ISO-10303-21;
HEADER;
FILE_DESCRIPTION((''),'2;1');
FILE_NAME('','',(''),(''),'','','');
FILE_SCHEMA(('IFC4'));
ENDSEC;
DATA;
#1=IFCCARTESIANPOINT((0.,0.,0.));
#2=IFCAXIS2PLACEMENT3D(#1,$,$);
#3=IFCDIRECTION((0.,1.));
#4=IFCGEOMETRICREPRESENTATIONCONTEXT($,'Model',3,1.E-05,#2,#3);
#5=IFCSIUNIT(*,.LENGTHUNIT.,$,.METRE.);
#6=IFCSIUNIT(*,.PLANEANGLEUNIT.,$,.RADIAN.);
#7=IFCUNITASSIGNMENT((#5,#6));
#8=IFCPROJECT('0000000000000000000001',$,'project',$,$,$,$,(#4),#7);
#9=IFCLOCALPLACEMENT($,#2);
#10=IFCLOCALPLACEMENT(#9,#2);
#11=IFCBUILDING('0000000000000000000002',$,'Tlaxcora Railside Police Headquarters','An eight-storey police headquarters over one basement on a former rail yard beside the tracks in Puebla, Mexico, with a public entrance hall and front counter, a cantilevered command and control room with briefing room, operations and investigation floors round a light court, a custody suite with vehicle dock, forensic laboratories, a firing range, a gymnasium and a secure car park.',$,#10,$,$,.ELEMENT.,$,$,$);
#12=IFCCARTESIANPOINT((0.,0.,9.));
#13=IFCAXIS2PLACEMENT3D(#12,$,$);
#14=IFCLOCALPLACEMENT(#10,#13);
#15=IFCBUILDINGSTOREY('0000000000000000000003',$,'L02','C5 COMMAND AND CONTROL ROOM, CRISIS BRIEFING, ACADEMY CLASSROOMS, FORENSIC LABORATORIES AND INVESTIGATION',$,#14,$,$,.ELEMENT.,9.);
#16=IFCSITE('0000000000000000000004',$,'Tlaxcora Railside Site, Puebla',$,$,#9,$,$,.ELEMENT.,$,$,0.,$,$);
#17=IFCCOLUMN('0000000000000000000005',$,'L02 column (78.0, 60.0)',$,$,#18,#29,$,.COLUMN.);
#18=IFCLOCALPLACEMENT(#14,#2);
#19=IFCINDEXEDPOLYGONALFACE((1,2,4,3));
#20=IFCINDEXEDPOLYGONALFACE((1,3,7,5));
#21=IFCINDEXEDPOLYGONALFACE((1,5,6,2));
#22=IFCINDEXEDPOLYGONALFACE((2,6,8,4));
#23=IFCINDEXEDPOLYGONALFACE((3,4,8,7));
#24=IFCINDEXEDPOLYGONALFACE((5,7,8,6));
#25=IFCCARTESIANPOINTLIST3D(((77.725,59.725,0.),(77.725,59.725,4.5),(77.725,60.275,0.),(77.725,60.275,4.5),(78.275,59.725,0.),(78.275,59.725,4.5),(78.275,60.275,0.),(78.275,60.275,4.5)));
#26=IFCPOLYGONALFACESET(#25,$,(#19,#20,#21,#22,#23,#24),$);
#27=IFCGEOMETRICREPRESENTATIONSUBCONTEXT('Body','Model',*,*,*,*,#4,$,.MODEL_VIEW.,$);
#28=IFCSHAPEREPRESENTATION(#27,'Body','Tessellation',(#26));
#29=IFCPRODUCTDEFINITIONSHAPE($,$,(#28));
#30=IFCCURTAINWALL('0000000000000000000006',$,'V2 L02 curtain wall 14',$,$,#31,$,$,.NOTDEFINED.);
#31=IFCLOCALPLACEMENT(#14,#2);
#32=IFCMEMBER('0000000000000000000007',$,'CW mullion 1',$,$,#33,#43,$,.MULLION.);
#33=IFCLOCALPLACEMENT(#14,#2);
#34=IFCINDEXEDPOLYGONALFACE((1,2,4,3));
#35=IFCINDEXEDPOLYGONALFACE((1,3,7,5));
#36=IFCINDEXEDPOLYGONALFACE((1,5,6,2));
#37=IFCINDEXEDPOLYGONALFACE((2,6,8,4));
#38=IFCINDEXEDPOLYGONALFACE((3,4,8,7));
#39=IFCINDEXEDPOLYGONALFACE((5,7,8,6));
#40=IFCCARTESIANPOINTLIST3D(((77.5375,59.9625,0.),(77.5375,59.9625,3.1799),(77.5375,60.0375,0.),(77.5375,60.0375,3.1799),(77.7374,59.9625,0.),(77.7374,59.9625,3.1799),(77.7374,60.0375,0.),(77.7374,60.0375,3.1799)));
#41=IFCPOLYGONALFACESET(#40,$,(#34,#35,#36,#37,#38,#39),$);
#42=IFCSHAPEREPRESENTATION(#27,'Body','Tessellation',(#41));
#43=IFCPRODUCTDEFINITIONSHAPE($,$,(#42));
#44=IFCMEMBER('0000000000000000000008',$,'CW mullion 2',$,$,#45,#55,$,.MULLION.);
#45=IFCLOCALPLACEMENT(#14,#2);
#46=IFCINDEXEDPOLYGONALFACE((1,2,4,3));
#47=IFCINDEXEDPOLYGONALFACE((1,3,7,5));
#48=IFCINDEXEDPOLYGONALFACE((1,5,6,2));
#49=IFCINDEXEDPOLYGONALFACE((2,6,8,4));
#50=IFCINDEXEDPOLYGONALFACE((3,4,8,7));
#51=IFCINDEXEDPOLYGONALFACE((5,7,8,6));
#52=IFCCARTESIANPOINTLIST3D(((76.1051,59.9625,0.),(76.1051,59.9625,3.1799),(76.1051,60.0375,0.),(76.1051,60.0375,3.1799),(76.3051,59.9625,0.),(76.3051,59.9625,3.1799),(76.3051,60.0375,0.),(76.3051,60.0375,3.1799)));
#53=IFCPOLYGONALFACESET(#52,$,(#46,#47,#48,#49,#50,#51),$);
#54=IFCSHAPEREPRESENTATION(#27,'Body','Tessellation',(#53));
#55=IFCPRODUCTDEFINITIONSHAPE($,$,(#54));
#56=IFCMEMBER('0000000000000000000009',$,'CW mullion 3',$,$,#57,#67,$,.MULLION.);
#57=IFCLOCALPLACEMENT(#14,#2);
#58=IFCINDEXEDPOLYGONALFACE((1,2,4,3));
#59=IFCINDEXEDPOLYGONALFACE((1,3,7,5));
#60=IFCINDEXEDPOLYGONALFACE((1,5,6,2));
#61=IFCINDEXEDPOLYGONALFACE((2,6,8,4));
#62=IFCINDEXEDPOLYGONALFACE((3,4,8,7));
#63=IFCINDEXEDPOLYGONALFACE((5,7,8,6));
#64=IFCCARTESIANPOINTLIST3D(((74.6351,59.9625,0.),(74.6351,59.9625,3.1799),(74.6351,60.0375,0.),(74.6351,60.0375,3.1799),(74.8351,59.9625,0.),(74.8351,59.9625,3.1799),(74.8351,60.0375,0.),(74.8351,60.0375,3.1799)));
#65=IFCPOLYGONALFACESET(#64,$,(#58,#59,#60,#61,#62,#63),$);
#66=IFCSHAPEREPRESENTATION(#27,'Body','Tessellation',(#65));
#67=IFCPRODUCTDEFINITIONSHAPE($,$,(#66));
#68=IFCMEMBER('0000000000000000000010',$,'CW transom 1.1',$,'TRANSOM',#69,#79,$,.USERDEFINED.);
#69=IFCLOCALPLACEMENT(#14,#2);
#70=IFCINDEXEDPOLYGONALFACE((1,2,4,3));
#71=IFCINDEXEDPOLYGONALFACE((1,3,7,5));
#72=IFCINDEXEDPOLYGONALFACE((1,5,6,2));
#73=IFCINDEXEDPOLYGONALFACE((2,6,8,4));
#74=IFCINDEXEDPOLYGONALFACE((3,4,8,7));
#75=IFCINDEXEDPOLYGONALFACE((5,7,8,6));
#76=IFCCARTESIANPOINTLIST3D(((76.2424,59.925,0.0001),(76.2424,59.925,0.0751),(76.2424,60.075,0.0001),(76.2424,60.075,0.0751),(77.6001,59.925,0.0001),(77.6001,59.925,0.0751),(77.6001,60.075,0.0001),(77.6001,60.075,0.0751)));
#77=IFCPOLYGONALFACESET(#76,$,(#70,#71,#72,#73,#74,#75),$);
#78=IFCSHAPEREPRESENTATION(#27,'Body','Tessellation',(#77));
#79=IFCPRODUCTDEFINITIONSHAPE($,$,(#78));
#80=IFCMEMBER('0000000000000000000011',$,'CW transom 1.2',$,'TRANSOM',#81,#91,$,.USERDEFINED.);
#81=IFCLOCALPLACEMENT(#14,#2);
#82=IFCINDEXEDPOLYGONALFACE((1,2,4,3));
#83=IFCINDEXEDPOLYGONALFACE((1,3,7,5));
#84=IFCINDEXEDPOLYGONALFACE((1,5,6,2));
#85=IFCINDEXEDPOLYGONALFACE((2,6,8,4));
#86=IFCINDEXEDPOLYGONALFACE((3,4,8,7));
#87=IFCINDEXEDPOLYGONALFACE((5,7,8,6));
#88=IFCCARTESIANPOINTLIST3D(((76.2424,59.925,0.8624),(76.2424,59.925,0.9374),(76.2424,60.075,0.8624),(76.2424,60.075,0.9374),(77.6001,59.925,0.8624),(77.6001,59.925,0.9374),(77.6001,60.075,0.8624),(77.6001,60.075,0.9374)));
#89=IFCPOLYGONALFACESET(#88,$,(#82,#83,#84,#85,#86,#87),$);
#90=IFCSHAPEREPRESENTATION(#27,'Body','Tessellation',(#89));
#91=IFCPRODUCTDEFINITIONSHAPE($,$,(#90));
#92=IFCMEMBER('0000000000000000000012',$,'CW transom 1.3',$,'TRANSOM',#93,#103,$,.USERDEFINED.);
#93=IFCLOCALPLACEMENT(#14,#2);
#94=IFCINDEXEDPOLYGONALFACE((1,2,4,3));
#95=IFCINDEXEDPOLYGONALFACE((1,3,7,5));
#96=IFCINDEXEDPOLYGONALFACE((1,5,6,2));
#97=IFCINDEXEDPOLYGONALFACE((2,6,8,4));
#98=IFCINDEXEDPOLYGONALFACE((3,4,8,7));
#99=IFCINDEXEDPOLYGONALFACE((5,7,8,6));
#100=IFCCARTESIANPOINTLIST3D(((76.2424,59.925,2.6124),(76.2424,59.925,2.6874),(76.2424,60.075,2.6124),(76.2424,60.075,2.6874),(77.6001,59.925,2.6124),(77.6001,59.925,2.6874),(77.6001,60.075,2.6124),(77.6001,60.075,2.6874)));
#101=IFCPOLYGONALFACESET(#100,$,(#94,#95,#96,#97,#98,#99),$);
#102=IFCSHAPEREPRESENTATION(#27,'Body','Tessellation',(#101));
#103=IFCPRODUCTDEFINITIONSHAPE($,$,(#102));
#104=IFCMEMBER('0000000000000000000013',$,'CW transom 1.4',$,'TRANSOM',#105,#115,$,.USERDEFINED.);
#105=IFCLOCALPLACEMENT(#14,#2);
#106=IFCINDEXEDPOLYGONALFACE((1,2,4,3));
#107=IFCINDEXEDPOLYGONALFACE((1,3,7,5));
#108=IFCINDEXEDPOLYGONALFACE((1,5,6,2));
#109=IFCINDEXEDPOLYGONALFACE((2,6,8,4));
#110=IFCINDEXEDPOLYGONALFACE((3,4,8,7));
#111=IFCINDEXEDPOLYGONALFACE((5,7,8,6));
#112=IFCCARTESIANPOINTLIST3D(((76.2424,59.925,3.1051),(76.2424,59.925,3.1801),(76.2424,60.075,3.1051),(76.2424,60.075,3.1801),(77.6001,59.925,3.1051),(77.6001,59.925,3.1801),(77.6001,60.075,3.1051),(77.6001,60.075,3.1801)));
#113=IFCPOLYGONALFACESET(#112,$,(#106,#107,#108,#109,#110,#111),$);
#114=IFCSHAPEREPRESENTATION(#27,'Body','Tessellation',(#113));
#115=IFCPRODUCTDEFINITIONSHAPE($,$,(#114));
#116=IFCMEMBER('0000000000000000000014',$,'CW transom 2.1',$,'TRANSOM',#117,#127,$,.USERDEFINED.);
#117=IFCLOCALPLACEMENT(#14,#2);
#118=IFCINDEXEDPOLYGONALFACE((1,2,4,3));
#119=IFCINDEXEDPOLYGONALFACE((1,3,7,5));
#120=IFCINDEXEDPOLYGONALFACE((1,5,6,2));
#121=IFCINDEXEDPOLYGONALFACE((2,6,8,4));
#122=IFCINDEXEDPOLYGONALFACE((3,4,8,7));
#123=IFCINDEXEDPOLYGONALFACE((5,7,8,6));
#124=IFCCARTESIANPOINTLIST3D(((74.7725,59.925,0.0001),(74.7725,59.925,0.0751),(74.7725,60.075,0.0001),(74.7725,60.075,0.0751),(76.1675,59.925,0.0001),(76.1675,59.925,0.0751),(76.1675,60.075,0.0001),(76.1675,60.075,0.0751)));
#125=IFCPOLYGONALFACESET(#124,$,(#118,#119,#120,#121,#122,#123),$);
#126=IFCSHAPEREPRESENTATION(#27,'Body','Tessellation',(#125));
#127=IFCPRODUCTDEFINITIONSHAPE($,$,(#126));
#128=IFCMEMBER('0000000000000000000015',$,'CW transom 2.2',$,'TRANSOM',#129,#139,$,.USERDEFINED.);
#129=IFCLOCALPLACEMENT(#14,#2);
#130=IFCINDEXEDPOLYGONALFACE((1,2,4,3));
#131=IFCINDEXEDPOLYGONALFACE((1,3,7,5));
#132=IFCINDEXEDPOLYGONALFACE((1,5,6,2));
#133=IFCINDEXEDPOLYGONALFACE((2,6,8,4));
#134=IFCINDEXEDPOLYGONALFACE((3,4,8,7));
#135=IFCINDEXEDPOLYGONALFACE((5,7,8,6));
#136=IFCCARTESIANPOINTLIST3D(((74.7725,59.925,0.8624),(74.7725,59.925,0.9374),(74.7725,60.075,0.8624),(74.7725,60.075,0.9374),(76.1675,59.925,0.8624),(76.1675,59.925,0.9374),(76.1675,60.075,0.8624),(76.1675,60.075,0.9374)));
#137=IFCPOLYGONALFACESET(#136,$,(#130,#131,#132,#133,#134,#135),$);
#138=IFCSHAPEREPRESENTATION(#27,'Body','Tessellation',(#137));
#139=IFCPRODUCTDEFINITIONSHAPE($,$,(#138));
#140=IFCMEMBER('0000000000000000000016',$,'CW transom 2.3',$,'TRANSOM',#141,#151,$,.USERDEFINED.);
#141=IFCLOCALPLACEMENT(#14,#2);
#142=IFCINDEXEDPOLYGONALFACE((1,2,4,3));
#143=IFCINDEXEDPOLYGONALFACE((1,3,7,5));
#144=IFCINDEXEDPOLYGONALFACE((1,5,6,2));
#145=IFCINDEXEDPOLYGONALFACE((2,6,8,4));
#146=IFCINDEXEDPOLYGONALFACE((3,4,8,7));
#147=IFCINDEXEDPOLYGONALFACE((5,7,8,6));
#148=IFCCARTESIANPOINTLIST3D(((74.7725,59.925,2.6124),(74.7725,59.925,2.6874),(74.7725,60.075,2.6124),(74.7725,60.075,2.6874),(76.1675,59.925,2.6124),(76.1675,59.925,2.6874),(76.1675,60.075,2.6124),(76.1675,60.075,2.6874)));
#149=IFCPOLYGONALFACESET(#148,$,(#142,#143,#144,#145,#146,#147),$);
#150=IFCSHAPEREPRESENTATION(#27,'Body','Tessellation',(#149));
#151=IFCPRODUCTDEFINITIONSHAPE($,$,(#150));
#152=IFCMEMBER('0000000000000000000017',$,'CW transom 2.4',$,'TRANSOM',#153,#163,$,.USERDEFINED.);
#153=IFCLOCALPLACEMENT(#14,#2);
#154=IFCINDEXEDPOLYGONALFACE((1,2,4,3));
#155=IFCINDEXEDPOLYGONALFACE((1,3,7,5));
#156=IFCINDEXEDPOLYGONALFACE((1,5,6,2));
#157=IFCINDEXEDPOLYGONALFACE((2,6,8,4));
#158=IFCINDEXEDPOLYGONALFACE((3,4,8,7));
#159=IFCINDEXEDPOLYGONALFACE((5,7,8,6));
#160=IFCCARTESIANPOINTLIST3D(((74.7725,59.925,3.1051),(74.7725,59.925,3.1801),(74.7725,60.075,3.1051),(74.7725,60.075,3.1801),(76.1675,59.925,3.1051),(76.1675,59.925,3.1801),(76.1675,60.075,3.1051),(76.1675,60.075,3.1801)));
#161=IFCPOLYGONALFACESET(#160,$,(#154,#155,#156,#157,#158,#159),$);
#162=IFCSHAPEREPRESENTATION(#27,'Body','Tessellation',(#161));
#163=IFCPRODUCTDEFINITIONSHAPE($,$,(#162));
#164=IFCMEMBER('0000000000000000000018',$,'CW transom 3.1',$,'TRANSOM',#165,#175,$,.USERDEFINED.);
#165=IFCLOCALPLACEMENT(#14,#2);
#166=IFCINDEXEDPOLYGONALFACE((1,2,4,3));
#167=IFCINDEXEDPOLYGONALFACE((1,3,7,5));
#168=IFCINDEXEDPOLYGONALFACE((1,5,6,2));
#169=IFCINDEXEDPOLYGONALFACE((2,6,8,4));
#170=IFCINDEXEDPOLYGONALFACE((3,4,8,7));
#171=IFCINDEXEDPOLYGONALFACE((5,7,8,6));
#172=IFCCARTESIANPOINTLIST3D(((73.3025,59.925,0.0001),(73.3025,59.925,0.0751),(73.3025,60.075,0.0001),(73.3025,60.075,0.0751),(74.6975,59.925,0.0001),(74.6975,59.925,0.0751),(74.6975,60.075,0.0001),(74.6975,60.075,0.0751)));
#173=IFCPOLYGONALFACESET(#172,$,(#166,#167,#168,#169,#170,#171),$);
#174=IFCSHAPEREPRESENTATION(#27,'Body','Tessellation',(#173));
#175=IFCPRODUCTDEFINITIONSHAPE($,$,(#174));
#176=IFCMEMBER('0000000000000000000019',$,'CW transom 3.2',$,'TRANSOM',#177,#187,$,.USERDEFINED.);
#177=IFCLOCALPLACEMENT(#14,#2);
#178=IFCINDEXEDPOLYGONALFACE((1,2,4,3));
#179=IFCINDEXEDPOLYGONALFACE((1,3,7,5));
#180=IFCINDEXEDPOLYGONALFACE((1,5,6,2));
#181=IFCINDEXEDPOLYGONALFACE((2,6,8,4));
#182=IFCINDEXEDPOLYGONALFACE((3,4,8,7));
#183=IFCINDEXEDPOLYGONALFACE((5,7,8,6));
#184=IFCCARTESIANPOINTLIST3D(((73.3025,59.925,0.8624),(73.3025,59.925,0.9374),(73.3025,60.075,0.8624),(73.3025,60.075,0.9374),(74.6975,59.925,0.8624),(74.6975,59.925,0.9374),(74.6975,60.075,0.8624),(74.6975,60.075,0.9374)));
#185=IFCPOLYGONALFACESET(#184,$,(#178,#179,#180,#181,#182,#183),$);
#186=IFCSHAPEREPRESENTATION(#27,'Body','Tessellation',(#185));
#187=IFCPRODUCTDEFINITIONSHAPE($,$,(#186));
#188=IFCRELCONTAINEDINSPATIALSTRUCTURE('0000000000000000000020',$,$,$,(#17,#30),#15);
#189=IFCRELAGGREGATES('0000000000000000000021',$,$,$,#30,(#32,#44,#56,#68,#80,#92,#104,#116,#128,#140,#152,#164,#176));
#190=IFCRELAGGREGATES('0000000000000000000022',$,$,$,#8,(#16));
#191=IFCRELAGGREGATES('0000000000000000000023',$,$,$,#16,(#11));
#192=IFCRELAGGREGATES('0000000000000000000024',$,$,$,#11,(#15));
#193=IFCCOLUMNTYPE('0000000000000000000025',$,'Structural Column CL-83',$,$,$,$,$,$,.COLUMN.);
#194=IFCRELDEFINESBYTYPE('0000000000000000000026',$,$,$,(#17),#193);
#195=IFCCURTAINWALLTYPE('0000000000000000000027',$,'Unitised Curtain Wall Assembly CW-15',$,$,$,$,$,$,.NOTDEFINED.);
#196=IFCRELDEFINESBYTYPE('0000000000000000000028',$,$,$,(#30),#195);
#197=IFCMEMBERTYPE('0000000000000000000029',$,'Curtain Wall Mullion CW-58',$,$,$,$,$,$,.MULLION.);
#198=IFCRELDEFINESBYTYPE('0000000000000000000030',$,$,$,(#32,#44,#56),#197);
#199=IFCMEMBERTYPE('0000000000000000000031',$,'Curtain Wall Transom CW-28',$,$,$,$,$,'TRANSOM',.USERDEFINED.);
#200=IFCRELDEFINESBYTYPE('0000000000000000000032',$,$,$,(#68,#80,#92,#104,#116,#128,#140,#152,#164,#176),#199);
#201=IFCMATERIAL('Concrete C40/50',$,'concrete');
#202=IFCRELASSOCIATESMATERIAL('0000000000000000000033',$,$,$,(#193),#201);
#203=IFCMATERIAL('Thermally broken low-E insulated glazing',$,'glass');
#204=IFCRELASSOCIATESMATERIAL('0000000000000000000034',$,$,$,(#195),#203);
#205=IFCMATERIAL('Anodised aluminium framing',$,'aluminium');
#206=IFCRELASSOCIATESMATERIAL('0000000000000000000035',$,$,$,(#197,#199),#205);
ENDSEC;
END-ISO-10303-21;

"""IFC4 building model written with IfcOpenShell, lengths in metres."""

from ifc_helpers import new_model, si_unit, direction, frame, origin, origin_2d, place, context, subcontext, project, spatial, rectangle, extrude, material, material_profile, profile_set, type_object, element, aggregate, save


model = new_model("IFC4")

# Units and contexts
model_context = context("Model", 3, precision=1e-05, world=origin(), true_north=direction((0.0, 1.0)))
body_context = subcontext(model_context, "Body", "Model", "MODEL_VIEW")
ifc_project = project(units=[si_unit("LENGTHUNIT", "METRE"), si_unit("PLANEANGLEUNIT", "RADIAN")], contexts=[model_context])

# Site, building, storey
site_placement = place(None, origin())
site = spatial("IfcSite", under=ifc_project, at=site_placement, Name="Tlaxcora Railside Site, Puebla", CompositionType="ELEMENT", RefElevation=0.0)
building_placement = place(site_placement, origin())
building = spatial("IfcBuilding", under=site, at=building_placement, Name="Tlaxcora Railside Police Headquarters", Description="An eight-storey police headquarters over one basement on a former rail yard beside the tracks in Puebla, Mexico, with a public entrance hall and front counter, a cantilevered command and control room with briefing room, operations and investigation floors round a light court, a custody suite with vehicle dock, forensic laboratories, a firing range, a gymnasium and a secure car park.", CompositionType="ELEMENT")
storey_placement = place(building_placement, frame((0.0, 0.0, 9.0)))
storey = spatial("IfcBuildingStorey", under=building, at=storey_placement, Name="L02", Description="C5 COMMAND AND CONTROL ROOM, CRISIS BRIEFING, ACADEMY CLASSROOMS, FORENSIC LABORATORIES AND INVESTIGATION", CompositionType="ELEMENT", Elevation=9.0)

# Column
ifc_material_1 = material(Name="Concrete C40/50", Category="concrete")
ifc_material_profile_1 = material_profile(ifc_material_1, rectangle(XDim=0.55, YDim=0.55, at=origin_2d()), Name="RC550X550")
ifc_profile_set_1 = profile_set([ifc_material_profile_1], Name="Concrete C40/50")
column_type = type_object("IfcColumnType", Name="Structural Column CL-83", PredefinedType="COLUMN", material=ifc_profile_set_1)
column_placement = place(storey_placement, frame((78.0, 60.0, 0.0), z_axis=(0.0, 0.0, 1.0), x_axis=(1.0, 0.0, 0.0)))
element("IfcColumn", 1, at=column_placement, inside=storey, type_object=column_type, Name="L02 column (78.0, 60.0)", PredefinedType="COLUMN", context=body_context, shape_type="SweptSolid", body=[
    extrude(rectangle(XDim=0.55, YDim=0.55, at=origin_2d()), origin(), (0.0, 0.0, 1.0), 4.5),
])

# Curtain wall, members
ifc_material_2 = material(Name="Thermally broken low-E insulated glazing", Category="glass")
curtain_wall_type = type_object("IfcCurtainWallType", Name="Unitised Curtain Wall Assembly CW-15", PredefinedType="NOTDEFINED", material=ifc_material_2)
curtain_wall_placement = place(storey_placement, origin())
curtain_wall = element("IfcCurtainWall", 2, at=curtain_wall_placement, inside=storey, type_object=curtain_wall_type, Name="V2 L02 curtain wall 14", PredefinedType="NOTDEFINED")
ifc_material_3 = material(Name="Anodised aluminium framing", Category="aluminium")
ifc_material_profile_2 = material_profile(ifc_material_3, rectangle(XDim=0.075, YDim=0.2, at=origin_2d()), Name="AL75X200")
ifc_profile_set_2 = profile_set([ifc_material_profile_2], Name="Anodised aluminium framing")
member_type_1 = type_object("IfcMemberType", Name="Curtain Wall Mullion CW-58", PredefinedType="MULLION", material=ifc_profile_set_2)
member_1_placement = place(storey_placement, frame((77.6375, 60.0, 0.0), z_axis=(0.0, 0.0, 1.0), x_axis=(0.0, -1.0, 0.0)))
member_1 = element("IfcMember", 3, at=member_1_placement, type_object=member_type_1, Name="CW mullion 1", PredefinedType="MULLION", context=body_context, shape_type="SweptSolid", body=[
    extrude(rectangle(XDim=0.075, YDim=0.2, at=origin_2d()), origin(), (0.0, 0.0, 1.0), 3.1799),
])
member_2_placement = place(storey_placement, frame((76.2051, 60.0, 0.0), z_axis=(0.0, 0.0, 1.0), x_axis=(0.0, -1.0, 0.0)))
member_2 = element("IfcMember", 4, at=member_2_placement, type_object=member_type_1, Name="CW mullion 2", PredefinedType="MULLION", context=body_context, shape_type="SweptSolid", body=[
    extrude(rectangle(XDim=0.075, YDim=0.2, at=origin_2d()), origin(), (0.0, 0.0, 1.0), 3.1799),
])
member_3_placement = place(storey_placement, frame((74.7351, 60.0, 0.0), z_axis=(0.0, 0.0, 1.0), x_axis=(0.0, -1.0, 0.0)))
member_3 = element("IfcMember", 5, at=member_3_placement, type_object=member_type_1, Name="CW mullion 3", PredefinedType="MULLION", context=body_context, shape_type="SweptSolid", body=[
    extrude(rectangle(XDim=0.075, YDim=0.2, at=origin_2d()), origin(), (0.0, 0.0, 1.0), 3.1799),
])
ifc_material_profile_3 = material_profile(ifc_material_3, rectangle(XDim=0.1499, YDim=0.075, at=origin_2d()), Name="AL75X150")
ifc_profile_set_3 = profile_set([ifc_material_profile_3], Name="Anodised aluminium framing")
member_type_2 = type_object("IfcMemberType", Name="Curtain Wall Transom CW-28", ElementType="TRANSOM", PredefinedType="USERDEFINED", material=ifc_profile_set_3)
member_4_placement = place(storey_placement, frame((77.6001, 60.0, 0.0376), z_axis=(-1.0, 0.0, 0.0), x_axis=(0.0, -1.0, 0.0)))
member_4 = element("IfcMember", 6, at=member_4_placement, type_object=member_type_2, Name="CW transom 1.1", ObjectType="TRANSOM", PredefinedType="USERDEFINED", context=body_context, shape_type="SweptSolid", body=[
    extrude(rectangle(XDim=0.1499, YDim=0.075, at=origin_2d()), origin(), (0.0, 0.0, 1.0), 1.3577),
])
member_5_placement = place(storey_placement, frame((77.6001, 60.0, 0.8999), z_axis=(-1.0, 0.0, 0.0), x_axis=(0.0, -1.0, 0.0)))
member_5 = element("IfcMember", 7, at=member_5_placement, type_object=member_type_2, Name="CW transom 1.2", ObjectType="TRANSOM", PredefinedType="USERDEFINED", context=body_context, shape_type="SweptSolid", body=[
    extrude(rectangle(XDim=0.1499, YDim=0.075, at=origin_2d()), origin(), (0.0, 0.0, 1.0), 1.3577),
])
member_6_placement = place(storey_placement, frame((77.6001, 60.0, 2.6499), z_axis=(-1.0, 0.0, 0.0), x_axis=(0.0, -1.0, 0.0)))
member_6 = element("IfcMember", 8, at=member_6_placement, type_object=member_type_2, Name="CW transom 1.3", ObjectType="TRANSOM", PredefinedType="USERDEFINED", context=body_context, shape_type="SweptSolid", body=[
    extrude(rectangle(XDim=0.1499, YDim=0.075, at=origin_2d()), origin(), (0.0, 0.0, 1.0), 1.3577),
])
member_7_placement = place(storey_placement, frame((77.6001, 60.0, 3.1426), z_axis=(-1.0, 0.0, 0.0), x_axis=(0.0, -1.0, 0.0)))
member_7 = element("IfcMember", 9, at=member_7_placement, type_object=member_type_2, Name="CW transom 1.4", ObjectType="TRANSOM", PredefinedType="USERDEFINED", context=body_context, shape_type="SweptSolid", body=[
    extrude(rectangle(XDim=0.1499, YDim=0.075, at=origin_2d()), origin(), (0.0, 0.0, 1.0), 1.3577),
])
member_8_placement = place(storey_placement, frame((76.1675, 60.0, 0.0376), z_axis=(-1.0, 0.0, 0.0), x_axis=(0.0, -1.0, 0.0)))
member_8 = element("IfcMember", 10, at=member_8_placement, type_object=member_type_2, Name="CW transom 2.1", ObjectType="TRANSOM", PredefinedType="USERDEFINED", context=body_context, shape_type="SweptSolid", body=[
    extrude(rectangle(XDim=0.1499, YDim=0.075, at=origin_2d()), origin(), (0.0, 0.0, 1.0), 1.395),
])
member_9_placement = place(storey_placement, frame((76.1675, 60.0, 0.8999), z_axis=(-1.0, 0.0, 0.0), x_axis=(0.0, -1.0, 0.0)))
member_9 = element("IfcMember", 11, at=member_9_placement, type_object=member_type_2, Name="CW transom 2.2", ObjectType="TRANSOM", PredefinedType="USERDEFINED", context=body_context, shape_type="SweptSolid", body=[
    extrude(rectangle(XDim=0.1499, YDim=0.075, at=origin_2d()), origin(), (0.0, 0.0, 1.0), 1.395),
])
member_10_placement = place(storey_placement, frame((76.1675, 60.0, 2.6499), z_axis=(-1.0, 0.0, 0.0), x_axis=(0.0, -1.0, 0.0)))
member_10 = element("IfcMember", 12, at=member_10_placement, type_object=member_type_2, Name="CW transom 2.3", ObjectType="TRANSOM", PredefinedType="USERDEFINED", context=body_context, shape_type="SweptSolid", body=[
    extrude(rectangle(XDim=0.1499, YDim=0.075, at=origin_2d()), origin(), (0.0, 0.0, 1.0), 1.395),
])
member_11_placement = place(storey_placement, frame((76.1675, 60.0, 3.1426), z_axis=(-1.0, 0.0, 0.0), x_axis=(0.0, -1.0, 0.0)))
member_11 = element("IfcMember", 13, at=member_11_placement, type_object=member_type_2, Name="CW transom 2.4", ObjectType="TRANSOM", PredefinedType="USERDEFINED", context=body_context, shape_type="SweptSolid", body=[
    extrude(rectangle(XDim=0.1499, YDim=0.075, at=origin_2d()), origin(), (0.0, 0.0, 1.0), 1.395),
])
member_12_placement = place(storey_placement, frame((74.6975, 60.0, 0.0376), z_axis=(-1.0, 0.0, 0.0), x_axis=(0.0, -1.0, 0.0)))
member_12 = element("IfcMember", 14, at=member_12_placement, type_object=member_type_2, Name="CW transom 3.1", ObjectType="TRANSOM", PredefinedType="USERDEFINED", context=body_context, shape_type="SweptSolid", body=[
    extrude(rectangle(XDim=0.1499, YDim=0.075, at=origin_2d()), origin(), (0.0, 0.0, 1.0), 1.395),
])
member_13_placement = place(storey_placement, frame((74.6975, 60.0, 0.8999), z_axis=(-1.0, 0.0, 0.0), x_axis=(0.0, -1.0, 0.0)))
member_13 = element("IfcMember", 15, at=member_13_placement, type_object=member_type_2, Name="CW transom 3.2", ObjectType="TRANSOM", PredefinedType="USERDEFINED", context=body_context, shape_type="SweptSolid", body=[
    extrude(rectangle(XDim=0.1499, YDim=0.075, at=origin_2d()), origin(), (0.0, 0.0, 1.0), 1.395),
])
aggregate(curtain_wall, [member_1, member_2, member_3, member_4, member_5, member_6, member_7, member_8, member_9, member_10, member_11, member_12, member_13])

save(model, "model.ifc")
